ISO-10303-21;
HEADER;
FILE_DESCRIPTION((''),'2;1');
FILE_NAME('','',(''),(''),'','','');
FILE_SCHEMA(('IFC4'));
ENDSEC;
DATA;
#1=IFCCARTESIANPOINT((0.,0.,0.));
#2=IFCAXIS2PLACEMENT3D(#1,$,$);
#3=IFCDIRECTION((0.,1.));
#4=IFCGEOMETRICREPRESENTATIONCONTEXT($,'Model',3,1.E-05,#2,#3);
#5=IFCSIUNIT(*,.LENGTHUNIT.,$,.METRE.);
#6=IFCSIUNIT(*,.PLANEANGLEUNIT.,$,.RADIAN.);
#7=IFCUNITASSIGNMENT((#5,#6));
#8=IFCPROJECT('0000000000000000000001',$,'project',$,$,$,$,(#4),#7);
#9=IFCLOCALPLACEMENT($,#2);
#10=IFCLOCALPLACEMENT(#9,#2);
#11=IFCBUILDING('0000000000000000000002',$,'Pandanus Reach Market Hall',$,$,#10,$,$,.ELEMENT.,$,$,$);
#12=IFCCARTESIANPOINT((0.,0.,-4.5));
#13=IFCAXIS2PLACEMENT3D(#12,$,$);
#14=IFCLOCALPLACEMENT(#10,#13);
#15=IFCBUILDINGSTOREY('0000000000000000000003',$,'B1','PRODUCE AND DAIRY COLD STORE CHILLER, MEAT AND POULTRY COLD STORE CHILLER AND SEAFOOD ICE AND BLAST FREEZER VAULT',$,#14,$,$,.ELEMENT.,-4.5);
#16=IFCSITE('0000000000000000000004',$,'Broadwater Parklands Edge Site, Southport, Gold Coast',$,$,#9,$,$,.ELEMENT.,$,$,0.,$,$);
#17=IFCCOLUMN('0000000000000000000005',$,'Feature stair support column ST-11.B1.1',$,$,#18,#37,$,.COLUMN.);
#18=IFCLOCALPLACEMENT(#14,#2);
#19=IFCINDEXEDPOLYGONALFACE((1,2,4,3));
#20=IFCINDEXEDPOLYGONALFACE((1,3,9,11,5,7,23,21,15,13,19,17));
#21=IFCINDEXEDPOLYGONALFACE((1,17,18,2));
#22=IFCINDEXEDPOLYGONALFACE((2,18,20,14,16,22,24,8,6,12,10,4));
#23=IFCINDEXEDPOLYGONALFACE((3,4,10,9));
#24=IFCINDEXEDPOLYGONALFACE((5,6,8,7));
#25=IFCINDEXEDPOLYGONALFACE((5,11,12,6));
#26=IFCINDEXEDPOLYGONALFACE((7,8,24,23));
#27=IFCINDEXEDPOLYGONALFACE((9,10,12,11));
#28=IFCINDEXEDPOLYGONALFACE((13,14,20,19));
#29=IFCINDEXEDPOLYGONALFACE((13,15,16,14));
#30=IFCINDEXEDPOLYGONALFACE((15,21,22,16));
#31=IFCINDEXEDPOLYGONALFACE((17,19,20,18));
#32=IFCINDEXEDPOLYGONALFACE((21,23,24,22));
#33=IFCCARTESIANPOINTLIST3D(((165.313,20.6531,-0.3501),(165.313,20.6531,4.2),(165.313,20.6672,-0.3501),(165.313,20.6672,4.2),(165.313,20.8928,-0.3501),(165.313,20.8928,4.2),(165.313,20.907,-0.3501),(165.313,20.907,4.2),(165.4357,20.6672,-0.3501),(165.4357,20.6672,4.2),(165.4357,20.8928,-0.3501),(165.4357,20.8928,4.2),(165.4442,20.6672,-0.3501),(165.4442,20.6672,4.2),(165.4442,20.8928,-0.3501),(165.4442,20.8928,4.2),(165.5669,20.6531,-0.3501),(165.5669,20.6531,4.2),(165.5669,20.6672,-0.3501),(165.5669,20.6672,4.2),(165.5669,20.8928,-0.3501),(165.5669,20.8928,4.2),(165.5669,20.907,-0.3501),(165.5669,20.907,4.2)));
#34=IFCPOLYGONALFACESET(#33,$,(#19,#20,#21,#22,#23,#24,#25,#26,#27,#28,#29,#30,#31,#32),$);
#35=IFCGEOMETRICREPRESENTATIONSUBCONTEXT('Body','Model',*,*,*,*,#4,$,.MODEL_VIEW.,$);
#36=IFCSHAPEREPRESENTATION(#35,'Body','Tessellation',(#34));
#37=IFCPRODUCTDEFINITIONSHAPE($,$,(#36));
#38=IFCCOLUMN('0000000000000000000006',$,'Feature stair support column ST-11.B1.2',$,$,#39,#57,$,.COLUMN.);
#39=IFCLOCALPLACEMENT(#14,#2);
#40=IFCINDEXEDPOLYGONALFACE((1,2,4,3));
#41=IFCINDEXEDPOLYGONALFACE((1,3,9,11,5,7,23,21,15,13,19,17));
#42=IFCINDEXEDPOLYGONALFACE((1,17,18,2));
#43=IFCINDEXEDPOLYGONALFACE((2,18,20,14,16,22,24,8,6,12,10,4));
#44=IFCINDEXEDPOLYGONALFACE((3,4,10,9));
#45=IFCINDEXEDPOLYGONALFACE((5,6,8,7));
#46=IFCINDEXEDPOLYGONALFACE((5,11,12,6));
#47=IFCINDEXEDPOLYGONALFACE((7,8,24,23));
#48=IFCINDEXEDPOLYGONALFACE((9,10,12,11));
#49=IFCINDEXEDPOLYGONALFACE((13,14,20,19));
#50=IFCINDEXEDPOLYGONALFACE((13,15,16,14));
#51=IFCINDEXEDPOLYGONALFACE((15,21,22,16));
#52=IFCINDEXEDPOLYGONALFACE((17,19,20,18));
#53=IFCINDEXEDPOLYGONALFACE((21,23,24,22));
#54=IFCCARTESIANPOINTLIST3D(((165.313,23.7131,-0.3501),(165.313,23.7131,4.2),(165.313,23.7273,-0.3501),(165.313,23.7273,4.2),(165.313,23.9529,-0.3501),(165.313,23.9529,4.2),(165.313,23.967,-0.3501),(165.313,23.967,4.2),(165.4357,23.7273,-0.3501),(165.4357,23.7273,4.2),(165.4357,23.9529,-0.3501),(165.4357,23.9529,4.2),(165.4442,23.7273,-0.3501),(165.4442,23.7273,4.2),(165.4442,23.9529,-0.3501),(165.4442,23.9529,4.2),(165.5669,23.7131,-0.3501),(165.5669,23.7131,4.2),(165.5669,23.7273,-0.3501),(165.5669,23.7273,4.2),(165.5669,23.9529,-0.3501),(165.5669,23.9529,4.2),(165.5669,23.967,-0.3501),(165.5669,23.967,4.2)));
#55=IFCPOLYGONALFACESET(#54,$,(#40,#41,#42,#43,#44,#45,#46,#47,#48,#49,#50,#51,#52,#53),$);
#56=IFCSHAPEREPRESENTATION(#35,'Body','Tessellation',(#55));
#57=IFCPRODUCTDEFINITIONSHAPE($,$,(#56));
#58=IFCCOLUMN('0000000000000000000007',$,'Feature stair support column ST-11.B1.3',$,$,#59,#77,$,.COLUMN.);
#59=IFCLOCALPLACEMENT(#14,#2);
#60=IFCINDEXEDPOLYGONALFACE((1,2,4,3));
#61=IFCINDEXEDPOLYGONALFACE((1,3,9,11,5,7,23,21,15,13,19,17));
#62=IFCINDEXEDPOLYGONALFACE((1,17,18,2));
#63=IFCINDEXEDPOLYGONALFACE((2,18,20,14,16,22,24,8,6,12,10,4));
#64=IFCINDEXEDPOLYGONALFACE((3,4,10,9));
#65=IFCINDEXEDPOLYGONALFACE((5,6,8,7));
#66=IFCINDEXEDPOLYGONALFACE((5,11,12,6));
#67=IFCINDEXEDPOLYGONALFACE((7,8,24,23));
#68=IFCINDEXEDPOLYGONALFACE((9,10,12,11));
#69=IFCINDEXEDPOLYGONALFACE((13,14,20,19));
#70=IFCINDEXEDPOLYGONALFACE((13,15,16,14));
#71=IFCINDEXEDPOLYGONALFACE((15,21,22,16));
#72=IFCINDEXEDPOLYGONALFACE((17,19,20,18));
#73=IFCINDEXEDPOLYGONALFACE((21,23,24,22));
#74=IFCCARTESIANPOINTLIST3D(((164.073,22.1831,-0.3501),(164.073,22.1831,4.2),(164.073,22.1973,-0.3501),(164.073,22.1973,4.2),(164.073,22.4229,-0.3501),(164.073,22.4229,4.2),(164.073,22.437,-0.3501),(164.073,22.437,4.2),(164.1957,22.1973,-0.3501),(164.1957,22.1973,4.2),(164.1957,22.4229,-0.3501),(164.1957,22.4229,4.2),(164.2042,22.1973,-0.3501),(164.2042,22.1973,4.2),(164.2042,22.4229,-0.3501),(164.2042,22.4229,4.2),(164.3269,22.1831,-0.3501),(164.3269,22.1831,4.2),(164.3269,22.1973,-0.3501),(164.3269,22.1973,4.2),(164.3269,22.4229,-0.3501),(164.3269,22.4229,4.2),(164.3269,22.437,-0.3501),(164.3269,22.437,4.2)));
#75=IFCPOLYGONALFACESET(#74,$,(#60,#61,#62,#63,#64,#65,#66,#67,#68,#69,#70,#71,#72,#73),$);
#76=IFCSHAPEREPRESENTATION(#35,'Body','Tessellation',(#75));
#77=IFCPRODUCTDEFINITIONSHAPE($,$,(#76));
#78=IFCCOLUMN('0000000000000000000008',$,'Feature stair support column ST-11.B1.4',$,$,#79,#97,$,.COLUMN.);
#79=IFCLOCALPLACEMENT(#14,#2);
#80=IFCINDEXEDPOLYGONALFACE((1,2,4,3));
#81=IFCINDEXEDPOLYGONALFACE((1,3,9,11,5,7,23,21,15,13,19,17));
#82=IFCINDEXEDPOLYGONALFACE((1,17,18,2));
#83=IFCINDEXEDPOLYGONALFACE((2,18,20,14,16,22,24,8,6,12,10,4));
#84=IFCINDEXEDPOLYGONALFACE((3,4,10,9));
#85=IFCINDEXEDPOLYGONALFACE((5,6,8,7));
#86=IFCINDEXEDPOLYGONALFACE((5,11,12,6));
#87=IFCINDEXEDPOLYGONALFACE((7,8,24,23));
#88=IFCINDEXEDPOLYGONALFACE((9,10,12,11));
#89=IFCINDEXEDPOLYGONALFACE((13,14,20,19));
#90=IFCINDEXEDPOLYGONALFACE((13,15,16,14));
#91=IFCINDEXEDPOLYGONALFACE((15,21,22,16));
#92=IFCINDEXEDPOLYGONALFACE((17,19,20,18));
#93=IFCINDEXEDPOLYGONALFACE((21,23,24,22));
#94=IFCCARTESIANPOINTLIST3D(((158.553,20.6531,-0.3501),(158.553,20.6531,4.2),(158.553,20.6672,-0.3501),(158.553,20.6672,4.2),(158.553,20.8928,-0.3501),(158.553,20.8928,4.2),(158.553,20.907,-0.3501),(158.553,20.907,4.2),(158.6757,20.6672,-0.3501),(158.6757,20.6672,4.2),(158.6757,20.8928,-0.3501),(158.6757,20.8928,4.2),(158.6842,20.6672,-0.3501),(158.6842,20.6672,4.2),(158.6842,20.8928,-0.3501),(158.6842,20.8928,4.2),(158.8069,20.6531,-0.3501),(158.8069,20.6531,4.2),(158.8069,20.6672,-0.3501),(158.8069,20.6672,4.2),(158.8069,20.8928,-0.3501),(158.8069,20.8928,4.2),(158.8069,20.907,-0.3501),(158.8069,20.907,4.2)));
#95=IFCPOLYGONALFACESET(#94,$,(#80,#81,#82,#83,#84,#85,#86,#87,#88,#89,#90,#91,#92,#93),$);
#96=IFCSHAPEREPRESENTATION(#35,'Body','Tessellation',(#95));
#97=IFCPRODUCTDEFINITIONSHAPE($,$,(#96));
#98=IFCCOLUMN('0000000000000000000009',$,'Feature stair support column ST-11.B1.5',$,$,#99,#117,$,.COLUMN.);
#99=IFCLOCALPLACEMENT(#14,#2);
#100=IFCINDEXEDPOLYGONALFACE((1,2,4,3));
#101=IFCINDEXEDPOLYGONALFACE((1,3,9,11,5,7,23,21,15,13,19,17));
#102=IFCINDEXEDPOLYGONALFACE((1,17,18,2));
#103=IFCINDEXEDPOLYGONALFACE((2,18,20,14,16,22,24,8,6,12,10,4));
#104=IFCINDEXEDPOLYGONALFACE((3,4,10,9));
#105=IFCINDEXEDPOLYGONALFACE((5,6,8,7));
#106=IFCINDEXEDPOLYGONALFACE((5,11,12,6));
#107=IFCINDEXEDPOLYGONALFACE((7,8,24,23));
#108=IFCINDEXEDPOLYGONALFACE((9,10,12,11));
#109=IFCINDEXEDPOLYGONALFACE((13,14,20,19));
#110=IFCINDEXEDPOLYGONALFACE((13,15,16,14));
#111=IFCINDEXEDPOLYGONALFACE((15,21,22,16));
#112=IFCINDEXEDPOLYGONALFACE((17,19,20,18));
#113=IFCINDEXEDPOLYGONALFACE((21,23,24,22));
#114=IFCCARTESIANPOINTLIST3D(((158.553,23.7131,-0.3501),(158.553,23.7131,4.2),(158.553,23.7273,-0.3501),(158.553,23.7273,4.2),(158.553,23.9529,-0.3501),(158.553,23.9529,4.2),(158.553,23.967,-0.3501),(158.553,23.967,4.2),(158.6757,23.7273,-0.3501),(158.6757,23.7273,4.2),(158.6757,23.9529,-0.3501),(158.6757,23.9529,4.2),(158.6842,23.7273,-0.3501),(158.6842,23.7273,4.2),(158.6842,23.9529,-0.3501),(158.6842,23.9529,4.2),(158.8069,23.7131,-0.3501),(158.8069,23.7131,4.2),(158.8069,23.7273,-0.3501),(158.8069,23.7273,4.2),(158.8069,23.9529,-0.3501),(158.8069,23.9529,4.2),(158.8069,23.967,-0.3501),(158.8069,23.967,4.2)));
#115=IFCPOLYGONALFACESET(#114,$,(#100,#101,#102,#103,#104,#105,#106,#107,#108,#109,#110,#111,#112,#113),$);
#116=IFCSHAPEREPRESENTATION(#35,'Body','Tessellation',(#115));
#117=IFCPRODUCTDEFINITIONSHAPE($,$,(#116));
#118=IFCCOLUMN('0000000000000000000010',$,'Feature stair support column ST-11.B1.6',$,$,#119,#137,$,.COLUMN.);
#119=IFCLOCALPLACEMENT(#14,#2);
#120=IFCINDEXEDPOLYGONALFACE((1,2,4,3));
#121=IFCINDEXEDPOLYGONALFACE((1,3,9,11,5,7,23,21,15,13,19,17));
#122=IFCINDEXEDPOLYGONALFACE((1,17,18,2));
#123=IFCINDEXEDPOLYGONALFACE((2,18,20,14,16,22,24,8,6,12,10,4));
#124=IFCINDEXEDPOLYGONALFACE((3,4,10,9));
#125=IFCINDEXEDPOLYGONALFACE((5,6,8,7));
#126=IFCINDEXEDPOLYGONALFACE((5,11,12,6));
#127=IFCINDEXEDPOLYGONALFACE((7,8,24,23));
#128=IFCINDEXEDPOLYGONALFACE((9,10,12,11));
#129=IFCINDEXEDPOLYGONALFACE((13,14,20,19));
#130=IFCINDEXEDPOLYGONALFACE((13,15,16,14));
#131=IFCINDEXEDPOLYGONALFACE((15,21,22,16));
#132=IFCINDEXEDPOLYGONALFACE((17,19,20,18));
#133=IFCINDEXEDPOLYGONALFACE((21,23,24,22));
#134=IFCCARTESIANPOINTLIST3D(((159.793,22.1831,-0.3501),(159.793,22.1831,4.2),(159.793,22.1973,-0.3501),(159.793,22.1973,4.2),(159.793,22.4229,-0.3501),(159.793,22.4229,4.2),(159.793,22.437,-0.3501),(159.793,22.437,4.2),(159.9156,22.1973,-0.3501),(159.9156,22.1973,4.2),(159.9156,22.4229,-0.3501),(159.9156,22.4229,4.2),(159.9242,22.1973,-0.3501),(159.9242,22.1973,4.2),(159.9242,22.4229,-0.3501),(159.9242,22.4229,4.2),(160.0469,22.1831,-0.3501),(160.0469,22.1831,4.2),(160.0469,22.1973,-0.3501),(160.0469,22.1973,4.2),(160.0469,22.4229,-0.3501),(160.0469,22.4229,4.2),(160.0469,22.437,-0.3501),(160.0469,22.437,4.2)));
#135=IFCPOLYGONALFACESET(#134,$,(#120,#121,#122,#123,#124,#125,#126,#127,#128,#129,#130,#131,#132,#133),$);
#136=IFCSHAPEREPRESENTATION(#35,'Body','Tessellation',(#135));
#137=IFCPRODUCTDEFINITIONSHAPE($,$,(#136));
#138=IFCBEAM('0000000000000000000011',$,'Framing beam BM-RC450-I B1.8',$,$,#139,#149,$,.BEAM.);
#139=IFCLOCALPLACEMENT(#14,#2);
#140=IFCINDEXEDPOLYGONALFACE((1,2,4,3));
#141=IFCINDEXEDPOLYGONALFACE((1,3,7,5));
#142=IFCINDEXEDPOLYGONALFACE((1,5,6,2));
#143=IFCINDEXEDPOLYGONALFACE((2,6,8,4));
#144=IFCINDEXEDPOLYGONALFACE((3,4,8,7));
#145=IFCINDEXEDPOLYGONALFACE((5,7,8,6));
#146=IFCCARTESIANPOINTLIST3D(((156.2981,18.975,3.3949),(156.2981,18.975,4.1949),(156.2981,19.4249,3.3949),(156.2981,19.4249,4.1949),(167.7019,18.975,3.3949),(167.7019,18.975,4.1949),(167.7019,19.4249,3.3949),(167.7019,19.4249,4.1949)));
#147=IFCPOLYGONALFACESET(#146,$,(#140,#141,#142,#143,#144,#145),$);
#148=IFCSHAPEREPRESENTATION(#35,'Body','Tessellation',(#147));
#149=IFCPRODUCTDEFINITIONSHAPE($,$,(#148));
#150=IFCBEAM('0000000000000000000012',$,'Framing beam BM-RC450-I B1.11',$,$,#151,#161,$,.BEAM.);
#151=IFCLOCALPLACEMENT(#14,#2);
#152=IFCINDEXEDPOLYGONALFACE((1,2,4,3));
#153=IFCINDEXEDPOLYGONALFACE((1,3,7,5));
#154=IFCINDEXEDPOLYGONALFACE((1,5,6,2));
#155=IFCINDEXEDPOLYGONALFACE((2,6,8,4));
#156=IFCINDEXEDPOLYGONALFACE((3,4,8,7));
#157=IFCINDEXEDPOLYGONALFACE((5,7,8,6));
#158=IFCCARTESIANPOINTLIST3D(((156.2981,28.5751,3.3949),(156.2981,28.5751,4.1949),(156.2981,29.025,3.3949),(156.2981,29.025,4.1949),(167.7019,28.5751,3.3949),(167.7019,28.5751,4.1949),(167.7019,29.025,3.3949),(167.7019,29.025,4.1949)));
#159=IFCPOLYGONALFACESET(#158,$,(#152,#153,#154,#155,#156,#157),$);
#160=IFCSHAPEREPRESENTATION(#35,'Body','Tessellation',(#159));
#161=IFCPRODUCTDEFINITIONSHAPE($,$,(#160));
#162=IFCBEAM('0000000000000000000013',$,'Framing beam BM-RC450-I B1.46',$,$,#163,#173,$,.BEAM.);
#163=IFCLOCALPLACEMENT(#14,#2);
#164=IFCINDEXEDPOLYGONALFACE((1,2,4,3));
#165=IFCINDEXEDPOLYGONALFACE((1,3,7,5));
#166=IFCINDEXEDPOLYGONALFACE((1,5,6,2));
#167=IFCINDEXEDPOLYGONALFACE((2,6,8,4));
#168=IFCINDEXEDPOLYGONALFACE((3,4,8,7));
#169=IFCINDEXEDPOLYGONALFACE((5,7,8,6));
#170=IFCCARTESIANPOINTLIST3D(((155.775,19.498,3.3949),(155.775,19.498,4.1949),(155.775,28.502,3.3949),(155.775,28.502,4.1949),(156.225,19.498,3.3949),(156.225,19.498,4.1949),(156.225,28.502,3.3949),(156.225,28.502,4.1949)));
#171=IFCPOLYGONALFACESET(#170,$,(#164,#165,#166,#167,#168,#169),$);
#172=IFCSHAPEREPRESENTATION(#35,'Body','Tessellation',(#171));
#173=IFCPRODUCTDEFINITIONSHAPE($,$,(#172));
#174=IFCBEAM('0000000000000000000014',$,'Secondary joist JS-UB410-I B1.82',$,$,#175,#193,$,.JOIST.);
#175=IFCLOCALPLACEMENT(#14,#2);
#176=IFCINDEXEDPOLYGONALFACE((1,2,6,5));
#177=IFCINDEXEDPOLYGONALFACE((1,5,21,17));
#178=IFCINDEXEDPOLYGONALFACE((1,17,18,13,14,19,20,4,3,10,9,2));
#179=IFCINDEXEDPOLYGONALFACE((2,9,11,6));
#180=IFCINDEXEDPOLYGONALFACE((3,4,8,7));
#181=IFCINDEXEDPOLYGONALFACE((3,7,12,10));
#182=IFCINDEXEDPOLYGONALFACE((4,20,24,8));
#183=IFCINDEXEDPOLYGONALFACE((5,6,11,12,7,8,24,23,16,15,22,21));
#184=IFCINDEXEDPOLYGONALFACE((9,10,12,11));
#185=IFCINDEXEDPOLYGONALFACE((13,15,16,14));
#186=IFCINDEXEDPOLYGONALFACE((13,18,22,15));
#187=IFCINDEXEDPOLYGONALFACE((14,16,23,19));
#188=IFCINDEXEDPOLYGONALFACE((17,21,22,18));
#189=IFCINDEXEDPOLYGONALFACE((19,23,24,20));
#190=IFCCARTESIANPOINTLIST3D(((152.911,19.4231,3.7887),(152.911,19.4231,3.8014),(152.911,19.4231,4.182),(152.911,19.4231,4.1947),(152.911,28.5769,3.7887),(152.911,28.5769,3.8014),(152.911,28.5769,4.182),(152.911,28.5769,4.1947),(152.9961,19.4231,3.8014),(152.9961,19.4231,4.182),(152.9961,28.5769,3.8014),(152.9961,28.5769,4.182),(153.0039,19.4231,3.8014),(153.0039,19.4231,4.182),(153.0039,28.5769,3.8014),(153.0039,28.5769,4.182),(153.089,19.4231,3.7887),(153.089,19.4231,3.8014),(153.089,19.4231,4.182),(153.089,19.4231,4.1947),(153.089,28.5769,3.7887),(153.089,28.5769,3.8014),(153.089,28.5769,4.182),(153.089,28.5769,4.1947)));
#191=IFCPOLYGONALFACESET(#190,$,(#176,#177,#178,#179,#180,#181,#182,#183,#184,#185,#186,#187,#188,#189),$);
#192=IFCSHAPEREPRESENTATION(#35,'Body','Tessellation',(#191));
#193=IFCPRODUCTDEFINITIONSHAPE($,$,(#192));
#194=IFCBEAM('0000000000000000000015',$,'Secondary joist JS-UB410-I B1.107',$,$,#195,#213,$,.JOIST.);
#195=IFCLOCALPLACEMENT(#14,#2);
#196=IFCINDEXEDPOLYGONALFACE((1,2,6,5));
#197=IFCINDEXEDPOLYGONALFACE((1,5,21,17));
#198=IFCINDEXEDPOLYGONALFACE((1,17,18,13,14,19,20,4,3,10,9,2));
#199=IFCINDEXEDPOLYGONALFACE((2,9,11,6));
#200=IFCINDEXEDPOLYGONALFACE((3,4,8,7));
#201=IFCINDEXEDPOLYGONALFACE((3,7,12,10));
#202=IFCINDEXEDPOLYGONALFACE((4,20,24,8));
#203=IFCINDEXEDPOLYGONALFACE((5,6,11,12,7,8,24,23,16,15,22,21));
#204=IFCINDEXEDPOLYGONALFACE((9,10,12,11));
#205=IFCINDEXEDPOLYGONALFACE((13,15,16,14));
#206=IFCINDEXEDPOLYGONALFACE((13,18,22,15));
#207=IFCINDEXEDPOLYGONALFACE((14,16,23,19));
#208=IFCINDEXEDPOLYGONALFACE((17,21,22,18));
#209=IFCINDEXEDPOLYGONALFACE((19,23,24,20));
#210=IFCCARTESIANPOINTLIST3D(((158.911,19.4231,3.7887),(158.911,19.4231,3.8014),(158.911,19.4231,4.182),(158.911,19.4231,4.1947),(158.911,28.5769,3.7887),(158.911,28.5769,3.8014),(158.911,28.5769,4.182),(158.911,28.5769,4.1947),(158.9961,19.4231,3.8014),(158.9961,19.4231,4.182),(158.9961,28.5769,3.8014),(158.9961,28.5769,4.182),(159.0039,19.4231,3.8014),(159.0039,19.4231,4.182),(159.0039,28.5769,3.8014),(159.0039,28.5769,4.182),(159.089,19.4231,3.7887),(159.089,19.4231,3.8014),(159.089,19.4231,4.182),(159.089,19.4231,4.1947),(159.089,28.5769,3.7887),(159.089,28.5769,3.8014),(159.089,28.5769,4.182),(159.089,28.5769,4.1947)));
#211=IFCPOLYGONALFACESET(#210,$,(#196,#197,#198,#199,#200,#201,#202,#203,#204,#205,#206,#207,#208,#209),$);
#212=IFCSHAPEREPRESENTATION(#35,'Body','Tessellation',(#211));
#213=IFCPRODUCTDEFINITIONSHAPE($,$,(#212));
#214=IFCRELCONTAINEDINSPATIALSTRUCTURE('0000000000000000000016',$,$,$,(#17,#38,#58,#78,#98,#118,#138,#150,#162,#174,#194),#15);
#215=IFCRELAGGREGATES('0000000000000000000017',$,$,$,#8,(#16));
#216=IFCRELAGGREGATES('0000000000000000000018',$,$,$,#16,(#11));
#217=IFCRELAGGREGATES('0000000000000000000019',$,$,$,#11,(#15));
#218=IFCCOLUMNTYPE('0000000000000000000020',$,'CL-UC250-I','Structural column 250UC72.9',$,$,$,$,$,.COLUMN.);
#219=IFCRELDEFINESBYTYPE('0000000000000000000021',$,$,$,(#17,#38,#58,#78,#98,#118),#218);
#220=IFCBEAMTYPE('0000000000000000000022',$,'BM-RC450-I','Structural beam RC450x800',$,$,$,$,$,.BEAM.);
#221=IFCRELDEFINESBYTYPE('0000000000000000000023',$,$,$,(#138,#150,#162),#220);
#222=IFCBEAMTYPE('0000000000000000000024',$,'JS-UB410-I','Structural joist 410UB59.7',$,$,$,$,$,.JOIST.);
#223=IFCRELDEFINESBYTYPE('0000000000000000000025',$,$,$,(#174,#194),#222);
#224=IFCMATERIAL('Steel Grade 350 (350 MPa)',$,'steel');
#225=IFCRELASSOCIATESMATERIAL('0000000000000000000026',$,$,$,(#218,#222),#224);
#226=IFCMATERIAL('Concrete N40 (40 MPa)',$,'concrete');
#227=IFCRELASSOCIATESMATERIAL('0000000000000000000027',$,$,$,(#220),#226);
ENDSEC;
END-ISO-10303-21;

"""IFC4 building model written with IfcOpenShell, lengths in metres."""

from ifc_helpers import new_model, si_unit, direction, frame, origin, origin_2d, place, context, subcontext, project, spatial, rectangle, i_section, extrude, material, material_profile, profile_set, type_object, element, save


model = new_model("IFC4")

# Units and contexts
model_context = context("Model", 3, precision=1e-05, world=origin(), true_north=direction((0.0, 1.0)))
body_context = subcontext(model_context, "Body", "Model", "MODEL_VIEW")
ifc_project = project(units=[si_unit("LENGTHUNIT", "METRE"), si_unit("PLANEANGLEUNIT", "RADIAN")], contexts=[model_context])

# Site, building, storey
site_placement = place(None, origin())
site = spatial("IfcSite", under=ifc_project, at=site_placement, Name="Broadwater Parklands Edge Site, Southport, Gold Coast", CompositionType="ELEMENT", RefElevation=0.0)
building_placement = place(site_placement, origin())
building = spatial("IfcBuilding", under=site, at=building_placement, Name="Pandanus Reach Market Hall", CompositionType="ELEMENT")
storey_placement = place(building_placement, frame((0.0, 0.0, -4.5)))
storey = spatial("IfcBuildingStorey", under=building, at=storey_placement, Name="B1", Description="PRODUCE AND DAIRY COLD STORE CHILLER, MEAT AND POULTRY COLD STORE CHILLER AND SEAFOOD ICE AND BLAST FREEZER VAULT", CompositionType="ELEMENT", Elevation=-4.5)

# Shared definitions
ifc_material_1 = material(Name="Concrete N40 (40 MPa)", Category="concrete")

# Columns
ifc_material_2 = material(Name="Steel Grade 350 (350 MPa)", Category="steel")
ifc_material_profile_1 = material_profile(ifc_material_2, i_section(OverallWidth=0.2539, OverallDepth=0.2539, WebThickness=0.0085, FlangeThickness=0.0142, at=origin_2d()), Name="250UC72.9", Category="LoadBearing")
ifc_profile_set_1 = profile_set([ifc_material_profile_1], Name="Steel Grade 350 (350 MPa)")
column_type_1 = type_object("IfcColumnType", Name="CL-UC250-I", Description="Structural column 250UC72.9", PredefinedType="COLUMN", material=ifc_profile_set_1)
for number, where, z_axis, x_axis, name in (
    (1, (165.4399, 20.78, -0.3501), (0.0, 0.0, 1.0), (1.0, 0.0, 0.0), "Feature stair support column ST-11.B1.1"),
    (2, (165.4399, 23.8401, -0.3501), (0.0, 0.0, 1.0), (1.0, 0.0, 0.0), "Feature stair support column ST-11.B1.2"),
    (3, (164.2, 22.3101, -0.3501), (0.0, 0.0, 1.0), (1.0, 0.0, 0.0), "Feature stair support column ST-11.B1.3"),
    (4, (158.6799, 20.78, -0.3501), (0.0, 0.0, 1.0), (1.0, 0.0, 0.0), "Feature stair support column ST-11.B1.4"),
    (5, (158.6799, 23.8401, -0.3501), (0.0, 0.0, 1.0), (1.0, 0.0, 0.0), "Feature stair support column ST-11.B1.5"),
    (6, (159.9199, 22.3101, -0.3501), (0.0, 0.0, 1.0), (1.0, 0.0, 0.0), "Feature stair support column ST-11.B1.6"),
):
    element("IfcColumn", number, at=place(storey_placement, frame(where, z_axis=z_axis, x_axis=x_axis)), inside=storey, type_object=column_type_1, Name=name, PredefinedType="COLUMN", context=body_context, shape_type="SweptSolid", body=[
        extrude(i_section(OverallWidth=0.2539, OverallDepth=0.2539, WebThickness=0.0085, FlangeThickness=0.0142, at=origin_2d()), origin(), (0.0, 0.0, 1.0), 4.55),
    ])

# Beams
ifc_material_profile_2 = material_profile(ifc_material_1, rectangle(XDim=0.45, YDim=0.8, at=origin_2d()), Name="RC450x800", Category="LoadBearing")
ifc_profile_set_2 = profile_set([ifc_material_profile_2], Name="Concrete N40 (40 MPa)")
beam_type_1 = type_object("IfcBeamType", Name="BM-RC450-I", Description="Structural beam RC450x800", PredefinedType="BEAM", material=ifc_profile_set_2)
for number, where, z_axis, x_axis, name in (
    (7, (156.2981, 19.2, 3.7949), (1.0, 0.0, 0.0), (0.0, 1.0, 0.0), "Framing beam BM-RC450-I B1.8"),
    (8, (156.2981, 28.8, 3.7949), (1.0, 0.0, 0.0), (0.0, 1.0, 0.0), "Framing beam BM-RC450-I B1.11"),
):
    element("IfcBeam", number, at=place(storey_placement, frame(where, z_axis=z_axis, x_axis=x_axis)), inside=storey, type_object=beam_type_1, Name=name, PredefinedType="BEAM", context=body_context, shape_type="SweptSolid", body=[
        extrude(rectangle(XDim=0.45, YDim=0.8, at=origin_2d()), origin(), (0.0, 0.0, 1.0), 11.4038),
    ])
beam_placement = place(storey_placement, frame((156.0, 19.498, 3.7949), z_axis=(0.0, 1.0, 0.0), x_axis=(-1.0, 0.0, 0.0)))
element("IfcBeam", 9, at=beam_placement, inside=storey, type_object=beam_type_1, Name="Framing beam BM-RC450-I B1.46", PredefinedType="BEAM", context=body_context, shape_type="SweptSolid", body=[
    extrude(rectangle(XDim=0.45, YDim=0.8, at=origin_2d()), origin(), (0.0, 0.0, 1.0), 9.0039),
])
ifc_material_profile_3 = material_profile(ifc_material_2, i_section(OverallWidth=0.178, OverallDepth=0.406, WebThickness=0.0078, FlangeThickness=0.0127, at=origin_2d()), Name="410UB59.7", Category="LoadBearing")
ifc_profile_set_3 = profile_set([ifc_material_profile_3], Name="Steel Grade 350 (350 MPa)")
beam_type_2 = type_object("IfcBeamType", Name="JS-UB410-I", Description="Structural joist 410UB59.7", PredefinedType="JOIST", material=ifc_profile_set_3)
for number, where, z_axis, x_axis, name in (
    (10, (153.0, 19.4231, 3.9917), (0.0, 1.0, 0.0), (-1.0, 0.0, 0.0), "Secondary joist JS-UB410-I B1.82"),
    (11, (159.0, 19.4231, 3.9917), (0.0, 1.0, 0.0), (-1.0, 0.0, 0.0), "Secondary joist JS-UB410-I B1.107"),
):
    element("IfcBeam", number, at=place(storey_placement, frame(where, z_axis=z_axis, x_axis=x_axis)), inside=storey, type_object=beam_type_2, Name=name, PredefinedType="JOIST", context=body_context, shape_type="SweptSolid", body=[
        extrude(i_section(OverallWidth=0.178, OverallDepth=0.406, WebThickness=0.0078, FlangeThickness=0.0127, at=origin_2d()), origin(), (0.0, 0.0, 1.0), 9.1538),
    ])

save(model, "model.ifc")
